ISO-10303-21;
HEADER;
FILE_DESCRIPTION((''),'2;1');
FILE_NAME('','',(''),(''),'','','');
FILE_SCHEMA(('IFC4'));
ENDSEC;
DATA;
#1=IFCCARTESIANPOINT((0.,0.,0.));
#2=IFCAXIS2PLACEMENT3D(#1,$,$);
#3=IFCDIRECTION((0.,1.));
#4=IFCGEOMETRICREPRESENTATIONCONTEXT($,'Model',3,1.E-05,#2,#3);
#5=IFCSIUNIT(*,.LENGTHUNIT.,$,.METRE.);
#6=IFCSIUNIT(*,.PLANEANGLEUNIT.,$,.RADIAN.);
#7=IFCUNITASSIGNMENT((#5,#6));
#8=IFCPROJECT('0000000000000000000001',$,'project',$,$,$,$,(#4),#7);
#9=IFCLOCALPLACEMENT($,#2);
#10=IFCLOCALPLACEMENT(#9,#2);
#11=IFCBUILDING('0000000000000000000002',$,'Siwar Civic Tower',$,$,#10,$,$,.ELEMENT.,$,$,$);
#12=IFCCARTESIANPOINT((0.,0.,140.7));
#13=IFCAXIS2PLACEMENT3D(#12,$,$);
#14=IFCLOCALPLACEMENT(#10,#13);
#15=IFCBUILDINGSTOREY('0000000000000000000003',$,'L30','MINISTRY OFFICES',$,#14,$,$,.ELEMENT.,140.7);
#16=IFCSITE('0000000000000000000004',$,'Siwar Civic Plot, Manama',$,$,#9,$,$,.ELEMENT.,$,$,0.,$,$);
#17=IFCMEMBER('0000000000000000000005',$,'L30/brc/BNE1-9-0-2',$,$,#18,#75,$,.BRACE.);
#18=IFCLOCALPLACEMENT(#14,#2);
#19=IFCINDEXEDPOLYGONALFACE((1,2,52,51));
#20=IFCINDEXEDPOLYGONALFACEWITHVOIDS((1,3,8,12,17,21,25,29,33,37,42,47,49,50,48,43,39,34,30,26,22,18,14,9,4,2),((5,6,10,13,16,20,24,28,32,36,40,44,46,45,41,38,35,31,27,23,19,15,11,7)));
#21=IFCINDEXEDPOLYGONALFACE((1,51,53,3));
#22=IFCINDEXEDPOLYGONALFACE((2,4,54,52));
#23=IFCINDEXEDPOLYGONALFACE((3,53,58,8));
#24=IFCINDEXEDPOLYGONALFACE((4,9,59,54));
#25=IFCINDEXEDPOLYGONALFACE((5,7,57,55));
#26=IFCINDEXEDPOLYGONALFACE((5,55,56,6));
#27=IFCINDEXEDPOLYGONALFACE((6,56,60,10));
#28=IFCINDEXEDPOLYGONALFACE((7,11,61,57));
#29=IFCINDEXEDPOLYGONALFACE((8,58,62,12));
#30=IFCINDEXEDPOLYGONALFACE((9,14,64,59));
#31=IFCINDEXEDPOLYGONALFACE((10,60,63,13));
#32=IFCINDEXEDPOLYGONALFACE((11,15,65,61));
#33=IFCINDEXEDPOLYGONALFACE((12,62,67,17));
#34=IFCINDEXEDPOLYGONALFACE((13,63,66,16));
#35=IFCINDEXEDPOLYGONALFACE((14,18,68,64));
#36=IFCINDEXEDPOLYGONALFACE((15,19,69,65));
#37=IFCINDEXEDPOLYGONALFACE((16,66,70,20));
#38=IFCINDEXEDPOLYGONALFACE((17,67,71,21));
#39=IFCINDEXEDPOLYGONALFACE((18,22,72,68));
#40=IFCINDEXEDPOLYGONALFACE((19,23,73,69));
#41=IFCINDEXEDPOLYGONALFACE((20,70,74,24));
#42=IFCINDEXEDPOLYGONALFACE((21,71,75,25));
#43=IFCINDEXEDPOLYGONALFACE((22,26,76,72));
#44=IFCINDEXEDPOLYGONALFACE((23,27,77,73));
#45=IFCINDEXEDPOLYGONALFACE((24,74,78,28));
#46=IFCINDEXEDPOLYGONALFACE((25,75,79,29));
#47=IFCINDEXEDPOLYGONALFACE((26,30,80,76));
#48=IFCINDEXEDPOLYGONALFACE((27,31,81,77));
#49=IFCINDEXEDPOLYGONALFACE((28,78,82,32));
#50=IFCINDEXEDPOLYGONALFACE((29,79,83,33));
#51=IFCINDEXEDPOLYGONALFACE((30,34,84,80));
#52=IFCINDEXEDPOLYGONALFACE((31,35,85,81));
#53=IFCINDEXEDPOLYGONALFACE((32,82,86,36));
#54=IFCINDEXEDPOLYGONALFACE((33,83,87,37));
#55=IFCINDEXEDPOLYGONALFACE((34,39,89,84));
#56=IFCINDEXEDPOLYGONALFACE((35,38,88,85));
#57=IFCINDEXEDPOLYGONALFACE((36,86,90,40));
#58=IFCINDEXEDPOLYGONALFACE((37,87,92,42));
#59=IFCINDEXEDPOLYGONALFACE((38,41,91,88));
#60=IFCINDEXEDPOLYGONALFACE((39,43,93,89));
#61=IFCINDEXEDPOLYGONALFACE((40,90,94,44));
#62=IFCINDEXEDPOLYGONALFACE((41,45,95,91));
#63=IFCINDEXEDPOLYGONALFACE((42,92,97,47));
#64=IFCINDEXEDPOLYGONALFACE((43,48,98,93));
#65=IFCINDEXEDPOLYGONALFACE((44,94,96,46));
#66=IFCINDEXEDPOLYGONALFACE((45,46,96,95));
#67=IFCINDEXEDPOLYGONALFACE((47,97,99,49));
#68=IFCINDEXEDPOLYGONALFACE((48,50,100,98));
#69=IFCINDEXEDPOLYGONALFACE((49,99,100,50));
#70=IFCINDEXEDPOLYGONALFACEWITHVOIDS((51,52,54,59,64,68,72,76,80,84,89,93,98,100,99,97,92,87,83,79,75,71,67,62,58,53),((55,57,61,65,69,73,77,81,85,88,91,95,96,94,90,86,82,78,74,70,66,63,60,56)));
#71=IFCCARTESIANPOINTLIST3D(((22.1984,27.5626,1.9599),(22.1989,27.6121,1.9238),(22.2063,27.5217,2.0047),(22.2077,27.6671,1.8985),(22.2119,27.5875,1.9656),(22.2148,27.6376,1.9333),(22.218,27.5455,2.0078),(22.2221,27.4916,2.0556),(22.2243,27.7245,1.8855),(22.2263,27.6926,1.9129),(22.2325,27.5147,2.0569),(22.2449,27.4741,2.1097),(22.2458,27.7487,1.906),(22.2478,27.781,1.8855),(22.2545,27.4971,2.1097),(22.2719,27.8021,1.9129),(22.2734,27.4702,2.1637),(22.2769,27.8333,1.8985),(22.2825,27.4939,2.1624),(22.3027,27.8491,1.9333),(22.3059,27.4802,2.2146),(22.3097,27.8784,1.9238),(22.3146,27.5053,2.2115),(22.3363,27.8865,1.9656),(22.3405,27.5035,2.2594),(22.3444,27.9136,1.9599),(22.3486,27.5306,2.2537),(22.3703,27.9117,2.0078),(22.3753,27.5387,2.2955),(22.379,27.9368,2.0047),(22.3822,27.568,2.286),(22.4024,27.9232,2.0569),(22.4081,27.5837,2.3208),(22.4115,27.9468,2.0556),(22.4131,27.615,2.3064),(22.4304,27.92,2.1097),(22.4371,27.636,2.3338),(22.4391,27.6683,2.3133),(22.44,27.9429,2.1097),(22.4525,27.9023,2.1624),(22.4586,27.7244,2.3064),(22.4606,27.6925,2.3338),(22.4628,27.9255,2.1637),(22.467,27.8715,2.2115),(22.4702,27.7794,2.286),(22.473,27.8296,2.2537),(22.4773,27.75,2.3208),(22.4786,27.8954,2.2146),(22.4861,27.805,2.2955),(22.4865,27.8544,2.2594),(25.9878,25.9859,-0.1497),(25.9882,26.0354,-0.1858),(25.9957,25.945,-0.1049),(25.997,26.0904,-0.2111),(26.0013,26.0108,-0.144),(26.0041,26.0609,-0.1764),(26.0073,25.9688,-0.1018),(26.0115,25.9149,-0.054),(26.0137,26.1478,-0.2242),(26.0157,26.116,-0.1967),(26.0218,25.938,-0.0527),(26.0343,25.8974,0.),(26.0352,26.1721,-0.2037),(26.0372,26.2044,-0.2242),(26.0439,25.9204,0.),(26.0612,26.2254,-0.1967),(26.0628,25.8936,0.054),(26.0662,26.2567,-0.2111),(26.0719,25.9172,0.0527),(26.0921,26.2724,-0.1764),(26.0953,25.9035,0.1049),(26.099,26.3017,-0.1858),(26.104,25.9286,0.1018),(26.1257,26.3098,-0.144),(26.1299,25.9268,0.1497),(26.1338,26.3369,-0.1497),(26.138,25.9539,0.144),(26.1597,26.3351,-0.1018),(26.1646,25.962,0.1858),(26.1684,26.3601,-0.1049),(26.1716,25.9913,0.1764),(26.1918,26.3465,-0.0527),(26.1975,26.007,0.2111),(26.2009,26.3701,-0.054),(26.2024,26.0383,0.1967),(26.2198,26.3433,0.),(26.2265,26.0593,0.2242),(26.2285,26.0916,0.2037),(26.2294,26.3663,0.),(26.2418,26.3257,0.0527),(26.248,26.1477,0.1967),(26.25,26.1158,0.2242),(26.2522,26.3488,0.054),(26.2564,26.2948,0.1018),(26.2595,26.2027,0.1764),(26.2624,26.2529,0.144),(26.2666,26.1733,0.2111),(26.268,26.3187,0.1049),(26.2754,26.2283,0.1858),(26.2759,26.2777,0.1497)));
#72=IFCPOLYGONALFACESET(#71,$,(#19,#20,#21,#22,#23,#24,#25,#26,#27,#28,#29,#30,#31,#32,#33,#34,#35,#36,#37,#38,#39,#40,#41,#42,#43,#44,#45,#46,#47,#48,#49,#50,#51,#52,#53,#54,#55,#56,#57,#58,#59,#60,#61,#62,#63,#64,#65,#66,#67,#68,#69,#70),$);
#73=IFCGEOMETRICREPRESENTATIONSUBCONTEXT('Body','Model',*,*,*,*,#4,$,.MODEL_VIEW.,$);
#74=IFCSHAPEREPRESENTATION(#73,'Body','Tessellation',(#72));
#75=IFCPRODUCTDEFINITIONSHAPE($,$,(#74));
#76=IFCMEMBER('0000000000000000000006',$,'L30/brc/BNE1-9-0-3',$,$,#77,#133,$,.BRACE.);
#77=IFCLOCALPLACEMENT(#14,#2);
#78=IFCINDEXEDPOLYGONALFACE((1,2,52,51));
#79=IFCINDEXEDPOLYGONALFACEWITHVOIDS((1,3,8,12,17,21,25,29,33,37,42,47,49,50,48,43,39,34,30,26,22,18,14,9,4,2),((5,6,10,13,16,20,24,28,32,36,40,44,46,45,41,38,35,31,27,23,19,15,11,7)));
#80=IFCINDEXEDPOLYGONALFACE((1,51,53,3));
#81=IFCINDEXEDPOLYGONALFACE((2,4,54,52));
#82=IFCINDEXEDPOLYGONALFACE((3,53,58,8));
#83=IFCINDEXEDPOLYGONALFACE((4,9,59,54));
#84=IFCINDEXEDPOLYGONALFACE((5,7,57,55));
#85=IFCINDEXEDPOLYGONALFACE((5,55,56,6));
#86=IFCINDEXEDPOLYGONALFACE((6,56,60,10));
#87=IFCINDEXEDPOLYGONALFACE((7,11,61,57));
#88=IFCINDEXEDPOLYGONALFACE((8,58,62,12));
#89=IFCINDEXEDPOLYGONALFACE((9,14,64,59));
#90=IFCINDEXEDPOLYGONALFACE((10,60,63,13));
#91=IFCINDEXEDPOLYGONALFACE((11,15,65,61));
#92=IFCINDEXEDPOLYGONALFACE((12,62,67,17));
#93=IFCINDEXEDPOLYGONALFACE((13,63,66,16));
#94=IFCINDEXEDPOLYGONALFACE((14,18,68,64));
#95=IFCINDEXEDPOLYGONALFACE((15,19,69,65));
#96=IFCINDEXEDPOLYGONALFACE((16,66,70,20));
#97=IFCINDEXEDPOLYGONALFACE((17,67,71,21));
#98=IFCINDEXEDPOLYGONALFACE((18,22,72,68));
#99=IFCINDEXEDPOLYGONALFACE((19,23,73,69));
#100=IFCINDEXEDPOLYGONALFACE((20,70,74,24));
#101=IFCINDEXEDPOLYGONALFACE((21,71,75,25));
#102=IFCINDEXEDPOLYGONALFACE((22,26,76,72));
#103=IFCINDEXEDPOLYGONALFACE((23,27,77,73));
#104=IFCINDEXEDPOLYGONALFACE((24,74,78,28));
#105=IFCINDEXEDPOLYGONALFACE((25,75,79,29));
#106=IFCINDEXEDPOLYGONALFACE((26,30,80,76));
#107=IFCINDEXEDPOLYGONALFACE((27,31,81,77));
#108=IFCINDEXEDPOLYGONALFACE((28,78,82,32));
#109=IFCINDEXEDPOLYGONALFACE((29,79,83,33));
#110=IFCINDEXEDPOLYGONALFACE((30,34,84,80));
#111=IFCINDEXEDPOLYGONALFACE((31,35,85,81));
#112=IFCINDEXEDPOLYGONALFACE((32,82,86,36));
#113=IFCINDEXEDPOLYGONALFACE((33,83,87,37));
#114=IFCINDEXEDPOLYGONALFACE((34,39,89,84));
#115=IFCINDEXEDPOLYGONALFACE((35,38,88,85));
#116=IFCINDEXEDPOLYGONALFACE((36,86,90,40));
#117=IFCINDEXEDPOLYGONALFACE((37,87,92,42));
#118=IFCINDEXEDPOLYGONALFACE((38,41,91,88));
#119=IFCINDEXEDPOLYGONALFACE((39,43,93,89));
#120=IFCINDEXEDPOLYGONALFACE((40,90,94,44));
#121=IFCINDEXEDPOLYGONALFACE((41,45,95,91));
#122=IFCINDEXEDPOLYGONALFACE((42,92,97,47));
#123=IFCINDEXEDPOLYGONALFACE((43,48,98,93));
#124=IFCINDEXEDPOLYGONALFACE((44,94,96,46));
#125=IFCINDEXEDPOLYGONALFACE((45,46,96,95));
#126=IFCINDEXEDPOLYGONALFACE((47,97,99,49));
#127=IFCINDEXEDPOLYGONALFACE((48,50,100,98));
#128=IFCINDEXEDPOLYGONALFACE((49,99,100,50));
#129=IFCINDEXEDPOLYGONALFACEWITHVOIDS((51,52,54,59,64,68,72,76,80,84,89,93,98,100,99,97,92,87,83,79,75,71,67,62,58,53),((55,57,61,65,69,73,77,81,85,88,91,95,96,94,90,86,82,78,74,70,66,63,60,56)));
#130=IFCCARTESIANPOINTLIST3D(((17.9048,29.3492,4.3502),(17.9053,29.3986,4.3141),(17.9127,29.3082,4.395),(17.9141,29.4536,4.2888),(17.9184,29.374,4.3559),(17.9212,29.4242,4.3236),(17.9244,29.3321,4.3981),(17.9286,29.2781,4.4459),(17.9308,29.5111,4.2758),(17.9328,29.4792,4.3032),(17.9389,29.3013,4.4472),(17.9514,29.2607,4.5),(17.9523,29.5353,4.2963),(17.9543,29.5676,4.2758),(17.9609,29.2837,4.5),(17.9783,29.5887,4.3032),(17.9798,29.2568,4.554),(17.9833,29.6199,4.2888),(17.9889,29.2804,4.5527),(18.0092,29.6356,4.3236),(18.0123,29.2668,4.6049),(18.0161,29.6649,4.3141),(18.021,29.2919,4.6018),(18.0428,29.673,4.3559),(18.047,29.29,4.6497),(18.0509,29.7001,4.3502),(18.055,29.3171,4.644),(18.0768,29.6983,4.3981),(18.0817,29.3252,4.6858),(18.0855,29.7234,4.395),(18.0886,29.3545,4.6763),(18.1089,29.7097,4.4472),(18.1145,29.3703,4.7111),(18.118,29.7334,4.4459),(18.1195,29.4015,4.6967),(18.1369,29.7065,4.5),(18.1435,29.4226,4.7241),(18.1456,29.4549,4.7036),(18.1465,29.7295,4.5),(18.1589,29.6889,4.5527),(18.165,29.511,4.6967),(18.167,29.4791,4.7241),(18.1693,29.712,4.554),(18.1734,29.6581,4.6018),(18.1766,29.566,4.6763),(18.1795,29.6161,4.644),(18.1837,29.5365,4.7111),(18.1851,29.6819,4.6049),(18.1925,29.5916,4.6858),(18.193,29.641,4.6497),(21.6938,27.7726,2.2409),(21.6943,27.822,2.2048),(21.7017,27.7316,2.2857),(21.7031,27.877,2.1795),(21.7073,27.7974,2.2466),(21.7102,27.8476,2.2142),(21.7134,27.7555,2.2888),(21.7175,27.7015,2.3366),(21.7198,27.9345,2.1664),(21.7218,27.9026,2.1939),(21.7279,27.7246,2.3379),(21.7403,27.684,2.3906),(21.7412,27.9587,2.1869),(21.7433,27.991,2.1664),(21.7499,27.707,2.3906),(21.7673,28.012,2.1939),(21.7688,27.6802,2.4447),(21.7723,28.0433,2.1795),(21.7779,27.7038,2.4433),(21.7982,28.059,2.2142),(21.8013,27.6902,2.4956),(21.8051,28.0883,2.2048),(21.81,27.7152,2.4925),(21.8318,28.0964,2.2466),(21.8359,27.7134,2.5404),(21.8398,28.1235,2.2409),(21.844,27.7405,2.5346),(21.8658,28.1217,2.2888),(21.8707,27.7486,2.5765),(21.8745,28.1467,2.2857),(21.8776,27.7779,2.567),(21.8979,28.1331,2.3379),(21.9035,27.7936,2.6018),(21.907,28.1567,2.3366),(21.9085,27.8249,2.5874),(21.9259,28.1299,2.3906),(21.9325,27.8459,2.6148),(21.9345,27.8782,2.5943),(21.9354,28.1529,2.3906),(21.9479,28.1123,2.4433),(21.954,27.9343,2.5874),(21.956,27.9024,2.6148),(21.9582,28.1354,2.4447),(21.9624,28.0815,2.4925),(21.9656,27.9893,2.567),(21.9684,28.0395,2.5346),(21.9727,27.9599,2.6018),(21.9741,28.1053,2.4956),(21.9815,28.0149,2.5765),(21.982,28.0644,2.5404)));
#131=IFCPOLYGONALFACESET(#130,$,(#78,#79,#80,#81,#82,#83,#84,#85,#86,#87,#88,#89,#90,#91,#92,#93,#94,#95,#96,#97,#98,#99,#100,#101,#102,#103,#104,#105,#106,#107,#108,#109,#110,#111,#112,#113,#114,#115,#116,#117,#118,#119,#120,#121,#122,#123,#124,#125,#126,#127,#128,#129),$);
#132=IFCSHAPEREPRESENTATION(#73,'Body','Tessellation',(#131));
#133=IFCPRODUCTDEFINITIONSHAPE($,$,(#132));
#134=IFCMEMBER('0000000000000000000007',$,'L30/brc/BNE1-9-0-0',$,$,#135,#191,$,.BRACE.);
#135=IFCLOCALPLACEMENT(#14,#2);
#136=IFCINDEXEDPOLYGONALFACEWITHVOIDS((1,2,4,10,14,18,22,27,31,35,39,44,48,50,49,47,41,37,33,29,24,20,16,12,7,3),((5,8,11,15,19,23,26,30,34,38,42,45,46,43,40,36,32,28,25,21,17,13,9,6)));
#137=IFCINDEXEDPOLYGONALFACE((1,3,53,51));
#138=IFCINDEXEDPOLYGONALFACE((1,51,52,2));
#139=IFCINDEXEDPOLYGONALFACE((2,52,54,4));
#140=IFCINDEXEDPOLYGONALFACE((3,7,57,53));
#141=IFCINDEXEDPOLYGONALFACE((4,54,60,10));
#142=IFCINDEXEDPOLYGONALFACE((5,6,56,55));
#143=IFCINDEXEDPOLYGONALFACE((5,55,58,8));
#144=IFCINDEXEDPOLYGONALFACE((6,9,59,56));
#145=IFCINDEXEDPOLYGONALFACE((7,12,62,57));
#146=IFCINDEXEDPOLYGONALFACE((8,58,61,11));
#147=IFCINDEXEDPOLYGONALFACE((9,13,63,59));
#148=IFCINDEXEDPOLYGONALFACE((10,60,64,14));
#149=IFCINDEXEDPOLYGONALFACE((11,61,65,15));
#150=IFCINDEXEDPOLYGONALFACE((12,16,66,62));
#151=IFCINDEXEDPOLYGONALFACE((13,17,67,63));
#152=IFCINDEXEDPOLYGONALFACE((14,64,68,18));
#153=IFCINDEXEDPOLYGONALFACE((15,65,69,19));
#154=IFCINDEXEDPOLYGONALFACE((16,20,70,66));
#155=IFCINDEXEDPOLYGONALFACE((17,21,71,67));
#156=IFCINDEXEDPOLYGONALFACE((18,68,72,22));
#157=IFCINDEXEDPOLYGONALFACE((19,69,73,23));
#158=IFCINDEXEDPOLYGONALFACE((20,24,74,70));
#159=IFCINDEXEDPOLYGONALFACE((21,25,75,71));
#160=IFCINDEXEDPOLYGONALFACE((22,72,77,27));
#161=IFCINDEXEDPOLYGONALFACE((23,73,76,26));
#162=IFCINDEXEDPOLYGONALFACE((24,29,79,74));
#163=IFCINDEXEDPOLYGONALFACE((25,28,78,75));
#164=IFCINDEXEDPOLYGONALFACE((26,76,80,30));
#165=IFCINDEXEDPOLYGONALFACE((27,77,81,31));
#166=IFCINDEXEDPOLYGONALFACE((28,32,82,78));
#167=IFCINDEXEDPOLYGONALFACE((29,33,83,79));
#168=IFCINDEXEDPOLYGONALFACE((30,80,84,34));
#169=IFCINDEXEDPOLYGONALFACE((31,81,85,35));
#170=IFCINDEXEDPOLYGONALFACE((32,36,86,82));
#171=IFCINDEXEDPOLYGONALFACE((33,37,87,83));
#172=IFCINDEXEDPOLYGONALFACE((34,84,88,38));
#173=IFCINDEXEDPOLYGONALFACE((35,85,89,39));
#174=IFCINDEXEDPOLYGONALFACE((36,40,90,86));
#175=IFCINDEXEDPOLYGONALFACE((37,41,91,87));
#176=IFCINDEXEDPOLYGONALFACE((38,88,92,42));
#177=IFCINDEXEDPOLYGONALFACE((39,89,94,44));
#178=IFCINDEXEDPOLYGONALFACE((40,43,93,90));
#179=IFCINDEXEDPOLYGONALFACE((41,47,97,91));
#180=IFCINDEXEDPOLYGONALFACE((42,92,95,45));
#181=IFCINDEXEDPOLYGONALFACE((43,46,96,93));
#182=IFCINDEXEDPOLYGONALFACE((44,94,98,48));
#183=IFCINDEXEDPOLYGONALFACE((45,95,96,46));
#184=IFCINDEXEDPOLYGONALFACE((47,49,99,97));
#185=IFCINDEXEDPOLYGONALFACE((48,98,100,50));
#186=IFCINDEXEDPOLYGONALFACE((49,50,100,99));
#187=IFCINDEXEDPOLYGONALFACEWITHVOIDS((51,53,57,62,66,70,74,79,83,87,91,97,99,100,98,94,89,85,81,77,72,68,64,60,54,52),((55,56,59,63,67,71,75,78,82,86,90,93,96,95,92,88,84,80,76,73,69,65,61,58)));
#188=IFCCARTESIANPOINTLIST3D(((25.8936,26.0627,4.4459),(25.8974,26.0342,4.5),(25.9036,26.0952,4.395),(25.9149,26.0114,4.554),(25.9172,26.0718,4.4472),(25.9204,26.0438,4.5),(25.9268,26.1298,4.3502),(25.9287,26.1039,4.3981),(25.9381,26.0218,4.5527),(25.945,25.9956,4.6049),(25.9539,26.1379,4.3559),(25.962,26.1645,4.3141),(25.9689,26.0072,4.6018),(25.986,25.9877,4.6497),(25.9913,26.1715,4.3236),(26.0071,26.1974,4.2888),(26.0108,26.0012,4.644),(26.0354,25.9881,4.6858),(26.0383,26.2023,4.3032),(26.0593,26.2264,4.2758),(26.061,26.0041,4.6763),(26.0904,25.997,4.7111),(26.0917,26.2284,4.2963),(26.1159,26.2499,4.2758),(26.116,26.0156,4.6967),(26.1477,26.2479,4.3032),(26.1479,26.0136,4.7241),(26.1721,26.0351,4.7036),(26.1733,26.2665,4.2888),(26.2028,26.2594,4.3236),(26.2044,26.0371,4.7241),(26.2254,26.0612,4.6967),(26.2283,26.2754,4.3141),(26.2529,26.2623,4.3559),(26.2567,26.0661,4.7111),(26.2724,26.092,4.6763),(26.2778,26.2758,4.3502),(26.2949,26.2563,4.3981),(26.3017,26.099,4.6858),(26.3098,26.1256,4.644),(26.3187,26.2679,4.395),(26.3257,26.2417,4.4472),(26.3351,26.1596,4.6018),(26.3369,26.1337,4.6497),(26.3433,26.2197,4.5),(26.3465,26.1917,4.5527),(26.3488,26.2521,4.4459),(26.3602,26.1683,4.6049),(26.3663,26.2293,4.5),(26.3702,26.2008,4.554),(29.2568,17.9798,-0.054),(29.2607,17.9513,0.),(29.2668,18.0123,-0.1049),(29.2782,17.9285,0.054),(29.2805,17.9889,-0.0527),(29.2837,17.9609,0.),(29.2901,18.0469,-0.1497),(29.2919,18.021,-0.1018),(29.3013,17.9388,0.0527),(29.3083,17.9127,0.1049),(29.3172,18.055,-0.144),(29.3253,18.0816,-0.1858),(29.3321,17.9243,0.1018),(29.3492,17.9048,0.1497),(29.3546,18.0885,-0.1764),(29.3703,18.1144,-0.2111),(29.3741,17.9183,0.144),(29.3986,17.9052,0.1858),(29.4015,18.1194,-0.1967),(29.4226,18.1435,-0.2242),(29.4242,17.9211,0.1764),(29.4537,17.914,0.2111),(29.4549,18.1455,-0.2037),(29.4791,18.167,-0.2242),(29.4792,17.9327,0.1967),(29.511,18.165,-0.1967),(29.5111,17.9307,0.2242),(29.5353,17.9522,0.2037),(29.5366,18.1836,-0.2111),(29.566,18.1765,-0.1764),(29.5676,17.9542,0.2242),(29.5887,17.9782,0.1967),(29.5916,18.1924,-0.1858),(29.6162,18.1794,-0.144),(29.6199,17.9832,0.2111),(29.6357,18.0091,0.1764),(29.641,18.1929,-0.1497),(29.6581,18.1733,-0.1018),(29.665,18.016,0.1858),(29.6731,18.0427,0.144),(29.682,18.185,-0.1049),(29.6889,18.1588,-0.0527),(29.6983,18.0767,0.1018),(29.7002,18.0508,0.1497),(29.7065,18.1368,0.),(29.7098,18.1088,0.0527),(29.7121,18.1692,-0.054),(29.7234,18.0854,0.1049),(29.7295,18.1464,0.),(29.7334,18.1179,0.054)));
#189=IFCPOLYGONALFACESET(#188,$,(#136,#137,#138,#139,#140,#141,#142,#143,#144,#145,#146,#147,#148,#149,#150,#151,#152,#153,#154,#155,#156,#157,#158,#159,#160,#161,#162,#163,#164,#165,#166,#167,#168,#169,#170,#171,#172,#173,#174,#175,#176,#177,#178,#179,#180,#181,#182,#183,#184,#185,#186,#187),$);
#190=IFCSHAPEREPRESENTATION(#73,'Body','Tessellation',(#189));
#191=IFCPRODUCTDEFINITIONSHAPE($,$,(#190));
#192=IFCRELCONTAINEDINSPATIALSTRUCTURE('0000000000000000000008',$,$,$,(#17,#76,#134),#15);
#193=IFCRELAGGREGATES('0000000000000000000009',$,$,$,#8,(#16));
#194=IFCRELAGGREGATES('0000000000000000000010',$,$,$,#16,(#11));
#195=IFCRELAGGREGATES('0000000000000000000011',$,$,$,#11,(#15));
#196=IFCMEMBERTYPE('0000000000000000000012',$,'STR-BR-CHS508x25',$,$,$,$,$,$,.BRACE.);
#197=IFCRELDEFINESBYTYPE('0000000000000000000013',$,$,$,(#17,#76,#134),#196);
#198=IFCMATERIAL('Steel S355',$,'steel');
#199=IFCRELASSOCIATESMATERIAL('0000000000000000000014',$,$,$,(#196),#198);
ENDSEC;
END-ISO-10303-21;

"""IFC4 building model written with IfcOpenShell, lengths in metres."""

from ifc_helpers import new_model, si_unit, direction, frame, origin, origin_2d, place, context, subcontext, project, spatial, hollow_circle, extrude, material, material_profile, profile_set, type_object, element, save


model = new_model("IFC4")

# Units and contexts
model_context = context("Model", 3, precision=1e-05, world=origin(), true_north=direction((0.0, 1.0)))
body_context = subcontext(model_context, "Body", "Model", "MODEL_VIEW")
ifc_project = project(units=[si_unit("LENGTHUNIT", "METRE"), si_unit("PLANEANGLEUNIT", "RADIAN")], contexts=[model_context])

# Site, building, storey
site_placement = place(None, origin())
site = spatial("IfcSite", under=ifc_project, at=site_placement, Name="Siwar Civic Plot, Manama", CompositionType="ELEMENT", RefElevation=0.0)
building_placement = place(site_placement, origin())
building = spatial("IfcBuilding", under=site, at=building_placement, Name="Siwar Civic Tower", CompositionType="ELEMENT")
storey_placement = place(building_placement, frame((0.0, 0.0, 140.7)))
storey = spatial("IfcBuildingStorey", under=building, at=storey_placement, Name="L30", Description="MINISTRY OFFICES", CompositionType="ELEMENT", Elevation=140.7)

# Members
ifc_material_1 = material(Name="Steel S355", Category="steel")
ifc_material_profile_1 = material_profile(ifc_material_1, hollow_circle(Radius=0.2539, WallThickness=0.0249, at=origin_2d()), Name="CHS508x25")
ifc_profile_set_1 = profile_set([ifc_material_profile_1], Name="Steel S355")
member_type_1 = type_object("IfcMemberType", Name="STR-BR-CHS508x25", PredefinedType="BRACE", material=ifc_profile_set_1)
member_1_placement = place(storey_placement, frame((26.1318, 26.1318, 0.0), z_axis=(-0.821143, 0.341662, 0.457155), x_axis=(-0.384155, -0.923269, 0.0)))
element("IfcMember", 1, at=member_1_placement, inside=storey, type_object=member_type_1, Name="L30/brc/BNE1-9-0-2", PredefinedType="BRACE", context=body_context, shape_type="SweptSolid", body=[
    extrude(hollow_circle(Radius=0.2539, WallThickness=0.0249, at=origin_2d()), origin(), (0.0, 0.0, 1.0), 4.6147),
])
member_2_placement = place(storey_placement, frame((21.8379, 27.9185, 2.3906), z_axis=(-0.821146, 0.341686, 0.457133), x_axis=(-0.384176, -0.92326, 0.0)))
element("IfcMember", 2, at=member_2_placement, inside=storey, type_object=member_type_1, Name="L30/brc/BNE1-9-0-3", PredefinedType="BRACE", context=body_context, shape_type="SweptSolid", body=[
    extrude(hollow_circle(Radius=0.2539, WallThickness=0.0249, at=origin_2d()), origin(), (0.0, 0.0, 1.0), 4.6143),
])
member_3_placement = place(storey_placement, frame((29.4951, 18.0488, 0.0), z_axis=(-0.341671, 0.821143, 0.457149), x_axis=(-0.923265, -0.384164, 0.0)))
element("IfcMember", 3, at=member_3_placement, inside=storey, type_object=member_type_1, Name="L30/brc/BNE1-9-0-0", PredefinedType="BRACE", context=body_context, shape_type="SweptSolid", body=[
    extrude(hollow_circle(Radius=0.2539, WallThickness=0.0249, at=origin_2d()), origin(), (0.0, 0.0, 1.0), 9.8435),
])

save(model, "model.ifc")
